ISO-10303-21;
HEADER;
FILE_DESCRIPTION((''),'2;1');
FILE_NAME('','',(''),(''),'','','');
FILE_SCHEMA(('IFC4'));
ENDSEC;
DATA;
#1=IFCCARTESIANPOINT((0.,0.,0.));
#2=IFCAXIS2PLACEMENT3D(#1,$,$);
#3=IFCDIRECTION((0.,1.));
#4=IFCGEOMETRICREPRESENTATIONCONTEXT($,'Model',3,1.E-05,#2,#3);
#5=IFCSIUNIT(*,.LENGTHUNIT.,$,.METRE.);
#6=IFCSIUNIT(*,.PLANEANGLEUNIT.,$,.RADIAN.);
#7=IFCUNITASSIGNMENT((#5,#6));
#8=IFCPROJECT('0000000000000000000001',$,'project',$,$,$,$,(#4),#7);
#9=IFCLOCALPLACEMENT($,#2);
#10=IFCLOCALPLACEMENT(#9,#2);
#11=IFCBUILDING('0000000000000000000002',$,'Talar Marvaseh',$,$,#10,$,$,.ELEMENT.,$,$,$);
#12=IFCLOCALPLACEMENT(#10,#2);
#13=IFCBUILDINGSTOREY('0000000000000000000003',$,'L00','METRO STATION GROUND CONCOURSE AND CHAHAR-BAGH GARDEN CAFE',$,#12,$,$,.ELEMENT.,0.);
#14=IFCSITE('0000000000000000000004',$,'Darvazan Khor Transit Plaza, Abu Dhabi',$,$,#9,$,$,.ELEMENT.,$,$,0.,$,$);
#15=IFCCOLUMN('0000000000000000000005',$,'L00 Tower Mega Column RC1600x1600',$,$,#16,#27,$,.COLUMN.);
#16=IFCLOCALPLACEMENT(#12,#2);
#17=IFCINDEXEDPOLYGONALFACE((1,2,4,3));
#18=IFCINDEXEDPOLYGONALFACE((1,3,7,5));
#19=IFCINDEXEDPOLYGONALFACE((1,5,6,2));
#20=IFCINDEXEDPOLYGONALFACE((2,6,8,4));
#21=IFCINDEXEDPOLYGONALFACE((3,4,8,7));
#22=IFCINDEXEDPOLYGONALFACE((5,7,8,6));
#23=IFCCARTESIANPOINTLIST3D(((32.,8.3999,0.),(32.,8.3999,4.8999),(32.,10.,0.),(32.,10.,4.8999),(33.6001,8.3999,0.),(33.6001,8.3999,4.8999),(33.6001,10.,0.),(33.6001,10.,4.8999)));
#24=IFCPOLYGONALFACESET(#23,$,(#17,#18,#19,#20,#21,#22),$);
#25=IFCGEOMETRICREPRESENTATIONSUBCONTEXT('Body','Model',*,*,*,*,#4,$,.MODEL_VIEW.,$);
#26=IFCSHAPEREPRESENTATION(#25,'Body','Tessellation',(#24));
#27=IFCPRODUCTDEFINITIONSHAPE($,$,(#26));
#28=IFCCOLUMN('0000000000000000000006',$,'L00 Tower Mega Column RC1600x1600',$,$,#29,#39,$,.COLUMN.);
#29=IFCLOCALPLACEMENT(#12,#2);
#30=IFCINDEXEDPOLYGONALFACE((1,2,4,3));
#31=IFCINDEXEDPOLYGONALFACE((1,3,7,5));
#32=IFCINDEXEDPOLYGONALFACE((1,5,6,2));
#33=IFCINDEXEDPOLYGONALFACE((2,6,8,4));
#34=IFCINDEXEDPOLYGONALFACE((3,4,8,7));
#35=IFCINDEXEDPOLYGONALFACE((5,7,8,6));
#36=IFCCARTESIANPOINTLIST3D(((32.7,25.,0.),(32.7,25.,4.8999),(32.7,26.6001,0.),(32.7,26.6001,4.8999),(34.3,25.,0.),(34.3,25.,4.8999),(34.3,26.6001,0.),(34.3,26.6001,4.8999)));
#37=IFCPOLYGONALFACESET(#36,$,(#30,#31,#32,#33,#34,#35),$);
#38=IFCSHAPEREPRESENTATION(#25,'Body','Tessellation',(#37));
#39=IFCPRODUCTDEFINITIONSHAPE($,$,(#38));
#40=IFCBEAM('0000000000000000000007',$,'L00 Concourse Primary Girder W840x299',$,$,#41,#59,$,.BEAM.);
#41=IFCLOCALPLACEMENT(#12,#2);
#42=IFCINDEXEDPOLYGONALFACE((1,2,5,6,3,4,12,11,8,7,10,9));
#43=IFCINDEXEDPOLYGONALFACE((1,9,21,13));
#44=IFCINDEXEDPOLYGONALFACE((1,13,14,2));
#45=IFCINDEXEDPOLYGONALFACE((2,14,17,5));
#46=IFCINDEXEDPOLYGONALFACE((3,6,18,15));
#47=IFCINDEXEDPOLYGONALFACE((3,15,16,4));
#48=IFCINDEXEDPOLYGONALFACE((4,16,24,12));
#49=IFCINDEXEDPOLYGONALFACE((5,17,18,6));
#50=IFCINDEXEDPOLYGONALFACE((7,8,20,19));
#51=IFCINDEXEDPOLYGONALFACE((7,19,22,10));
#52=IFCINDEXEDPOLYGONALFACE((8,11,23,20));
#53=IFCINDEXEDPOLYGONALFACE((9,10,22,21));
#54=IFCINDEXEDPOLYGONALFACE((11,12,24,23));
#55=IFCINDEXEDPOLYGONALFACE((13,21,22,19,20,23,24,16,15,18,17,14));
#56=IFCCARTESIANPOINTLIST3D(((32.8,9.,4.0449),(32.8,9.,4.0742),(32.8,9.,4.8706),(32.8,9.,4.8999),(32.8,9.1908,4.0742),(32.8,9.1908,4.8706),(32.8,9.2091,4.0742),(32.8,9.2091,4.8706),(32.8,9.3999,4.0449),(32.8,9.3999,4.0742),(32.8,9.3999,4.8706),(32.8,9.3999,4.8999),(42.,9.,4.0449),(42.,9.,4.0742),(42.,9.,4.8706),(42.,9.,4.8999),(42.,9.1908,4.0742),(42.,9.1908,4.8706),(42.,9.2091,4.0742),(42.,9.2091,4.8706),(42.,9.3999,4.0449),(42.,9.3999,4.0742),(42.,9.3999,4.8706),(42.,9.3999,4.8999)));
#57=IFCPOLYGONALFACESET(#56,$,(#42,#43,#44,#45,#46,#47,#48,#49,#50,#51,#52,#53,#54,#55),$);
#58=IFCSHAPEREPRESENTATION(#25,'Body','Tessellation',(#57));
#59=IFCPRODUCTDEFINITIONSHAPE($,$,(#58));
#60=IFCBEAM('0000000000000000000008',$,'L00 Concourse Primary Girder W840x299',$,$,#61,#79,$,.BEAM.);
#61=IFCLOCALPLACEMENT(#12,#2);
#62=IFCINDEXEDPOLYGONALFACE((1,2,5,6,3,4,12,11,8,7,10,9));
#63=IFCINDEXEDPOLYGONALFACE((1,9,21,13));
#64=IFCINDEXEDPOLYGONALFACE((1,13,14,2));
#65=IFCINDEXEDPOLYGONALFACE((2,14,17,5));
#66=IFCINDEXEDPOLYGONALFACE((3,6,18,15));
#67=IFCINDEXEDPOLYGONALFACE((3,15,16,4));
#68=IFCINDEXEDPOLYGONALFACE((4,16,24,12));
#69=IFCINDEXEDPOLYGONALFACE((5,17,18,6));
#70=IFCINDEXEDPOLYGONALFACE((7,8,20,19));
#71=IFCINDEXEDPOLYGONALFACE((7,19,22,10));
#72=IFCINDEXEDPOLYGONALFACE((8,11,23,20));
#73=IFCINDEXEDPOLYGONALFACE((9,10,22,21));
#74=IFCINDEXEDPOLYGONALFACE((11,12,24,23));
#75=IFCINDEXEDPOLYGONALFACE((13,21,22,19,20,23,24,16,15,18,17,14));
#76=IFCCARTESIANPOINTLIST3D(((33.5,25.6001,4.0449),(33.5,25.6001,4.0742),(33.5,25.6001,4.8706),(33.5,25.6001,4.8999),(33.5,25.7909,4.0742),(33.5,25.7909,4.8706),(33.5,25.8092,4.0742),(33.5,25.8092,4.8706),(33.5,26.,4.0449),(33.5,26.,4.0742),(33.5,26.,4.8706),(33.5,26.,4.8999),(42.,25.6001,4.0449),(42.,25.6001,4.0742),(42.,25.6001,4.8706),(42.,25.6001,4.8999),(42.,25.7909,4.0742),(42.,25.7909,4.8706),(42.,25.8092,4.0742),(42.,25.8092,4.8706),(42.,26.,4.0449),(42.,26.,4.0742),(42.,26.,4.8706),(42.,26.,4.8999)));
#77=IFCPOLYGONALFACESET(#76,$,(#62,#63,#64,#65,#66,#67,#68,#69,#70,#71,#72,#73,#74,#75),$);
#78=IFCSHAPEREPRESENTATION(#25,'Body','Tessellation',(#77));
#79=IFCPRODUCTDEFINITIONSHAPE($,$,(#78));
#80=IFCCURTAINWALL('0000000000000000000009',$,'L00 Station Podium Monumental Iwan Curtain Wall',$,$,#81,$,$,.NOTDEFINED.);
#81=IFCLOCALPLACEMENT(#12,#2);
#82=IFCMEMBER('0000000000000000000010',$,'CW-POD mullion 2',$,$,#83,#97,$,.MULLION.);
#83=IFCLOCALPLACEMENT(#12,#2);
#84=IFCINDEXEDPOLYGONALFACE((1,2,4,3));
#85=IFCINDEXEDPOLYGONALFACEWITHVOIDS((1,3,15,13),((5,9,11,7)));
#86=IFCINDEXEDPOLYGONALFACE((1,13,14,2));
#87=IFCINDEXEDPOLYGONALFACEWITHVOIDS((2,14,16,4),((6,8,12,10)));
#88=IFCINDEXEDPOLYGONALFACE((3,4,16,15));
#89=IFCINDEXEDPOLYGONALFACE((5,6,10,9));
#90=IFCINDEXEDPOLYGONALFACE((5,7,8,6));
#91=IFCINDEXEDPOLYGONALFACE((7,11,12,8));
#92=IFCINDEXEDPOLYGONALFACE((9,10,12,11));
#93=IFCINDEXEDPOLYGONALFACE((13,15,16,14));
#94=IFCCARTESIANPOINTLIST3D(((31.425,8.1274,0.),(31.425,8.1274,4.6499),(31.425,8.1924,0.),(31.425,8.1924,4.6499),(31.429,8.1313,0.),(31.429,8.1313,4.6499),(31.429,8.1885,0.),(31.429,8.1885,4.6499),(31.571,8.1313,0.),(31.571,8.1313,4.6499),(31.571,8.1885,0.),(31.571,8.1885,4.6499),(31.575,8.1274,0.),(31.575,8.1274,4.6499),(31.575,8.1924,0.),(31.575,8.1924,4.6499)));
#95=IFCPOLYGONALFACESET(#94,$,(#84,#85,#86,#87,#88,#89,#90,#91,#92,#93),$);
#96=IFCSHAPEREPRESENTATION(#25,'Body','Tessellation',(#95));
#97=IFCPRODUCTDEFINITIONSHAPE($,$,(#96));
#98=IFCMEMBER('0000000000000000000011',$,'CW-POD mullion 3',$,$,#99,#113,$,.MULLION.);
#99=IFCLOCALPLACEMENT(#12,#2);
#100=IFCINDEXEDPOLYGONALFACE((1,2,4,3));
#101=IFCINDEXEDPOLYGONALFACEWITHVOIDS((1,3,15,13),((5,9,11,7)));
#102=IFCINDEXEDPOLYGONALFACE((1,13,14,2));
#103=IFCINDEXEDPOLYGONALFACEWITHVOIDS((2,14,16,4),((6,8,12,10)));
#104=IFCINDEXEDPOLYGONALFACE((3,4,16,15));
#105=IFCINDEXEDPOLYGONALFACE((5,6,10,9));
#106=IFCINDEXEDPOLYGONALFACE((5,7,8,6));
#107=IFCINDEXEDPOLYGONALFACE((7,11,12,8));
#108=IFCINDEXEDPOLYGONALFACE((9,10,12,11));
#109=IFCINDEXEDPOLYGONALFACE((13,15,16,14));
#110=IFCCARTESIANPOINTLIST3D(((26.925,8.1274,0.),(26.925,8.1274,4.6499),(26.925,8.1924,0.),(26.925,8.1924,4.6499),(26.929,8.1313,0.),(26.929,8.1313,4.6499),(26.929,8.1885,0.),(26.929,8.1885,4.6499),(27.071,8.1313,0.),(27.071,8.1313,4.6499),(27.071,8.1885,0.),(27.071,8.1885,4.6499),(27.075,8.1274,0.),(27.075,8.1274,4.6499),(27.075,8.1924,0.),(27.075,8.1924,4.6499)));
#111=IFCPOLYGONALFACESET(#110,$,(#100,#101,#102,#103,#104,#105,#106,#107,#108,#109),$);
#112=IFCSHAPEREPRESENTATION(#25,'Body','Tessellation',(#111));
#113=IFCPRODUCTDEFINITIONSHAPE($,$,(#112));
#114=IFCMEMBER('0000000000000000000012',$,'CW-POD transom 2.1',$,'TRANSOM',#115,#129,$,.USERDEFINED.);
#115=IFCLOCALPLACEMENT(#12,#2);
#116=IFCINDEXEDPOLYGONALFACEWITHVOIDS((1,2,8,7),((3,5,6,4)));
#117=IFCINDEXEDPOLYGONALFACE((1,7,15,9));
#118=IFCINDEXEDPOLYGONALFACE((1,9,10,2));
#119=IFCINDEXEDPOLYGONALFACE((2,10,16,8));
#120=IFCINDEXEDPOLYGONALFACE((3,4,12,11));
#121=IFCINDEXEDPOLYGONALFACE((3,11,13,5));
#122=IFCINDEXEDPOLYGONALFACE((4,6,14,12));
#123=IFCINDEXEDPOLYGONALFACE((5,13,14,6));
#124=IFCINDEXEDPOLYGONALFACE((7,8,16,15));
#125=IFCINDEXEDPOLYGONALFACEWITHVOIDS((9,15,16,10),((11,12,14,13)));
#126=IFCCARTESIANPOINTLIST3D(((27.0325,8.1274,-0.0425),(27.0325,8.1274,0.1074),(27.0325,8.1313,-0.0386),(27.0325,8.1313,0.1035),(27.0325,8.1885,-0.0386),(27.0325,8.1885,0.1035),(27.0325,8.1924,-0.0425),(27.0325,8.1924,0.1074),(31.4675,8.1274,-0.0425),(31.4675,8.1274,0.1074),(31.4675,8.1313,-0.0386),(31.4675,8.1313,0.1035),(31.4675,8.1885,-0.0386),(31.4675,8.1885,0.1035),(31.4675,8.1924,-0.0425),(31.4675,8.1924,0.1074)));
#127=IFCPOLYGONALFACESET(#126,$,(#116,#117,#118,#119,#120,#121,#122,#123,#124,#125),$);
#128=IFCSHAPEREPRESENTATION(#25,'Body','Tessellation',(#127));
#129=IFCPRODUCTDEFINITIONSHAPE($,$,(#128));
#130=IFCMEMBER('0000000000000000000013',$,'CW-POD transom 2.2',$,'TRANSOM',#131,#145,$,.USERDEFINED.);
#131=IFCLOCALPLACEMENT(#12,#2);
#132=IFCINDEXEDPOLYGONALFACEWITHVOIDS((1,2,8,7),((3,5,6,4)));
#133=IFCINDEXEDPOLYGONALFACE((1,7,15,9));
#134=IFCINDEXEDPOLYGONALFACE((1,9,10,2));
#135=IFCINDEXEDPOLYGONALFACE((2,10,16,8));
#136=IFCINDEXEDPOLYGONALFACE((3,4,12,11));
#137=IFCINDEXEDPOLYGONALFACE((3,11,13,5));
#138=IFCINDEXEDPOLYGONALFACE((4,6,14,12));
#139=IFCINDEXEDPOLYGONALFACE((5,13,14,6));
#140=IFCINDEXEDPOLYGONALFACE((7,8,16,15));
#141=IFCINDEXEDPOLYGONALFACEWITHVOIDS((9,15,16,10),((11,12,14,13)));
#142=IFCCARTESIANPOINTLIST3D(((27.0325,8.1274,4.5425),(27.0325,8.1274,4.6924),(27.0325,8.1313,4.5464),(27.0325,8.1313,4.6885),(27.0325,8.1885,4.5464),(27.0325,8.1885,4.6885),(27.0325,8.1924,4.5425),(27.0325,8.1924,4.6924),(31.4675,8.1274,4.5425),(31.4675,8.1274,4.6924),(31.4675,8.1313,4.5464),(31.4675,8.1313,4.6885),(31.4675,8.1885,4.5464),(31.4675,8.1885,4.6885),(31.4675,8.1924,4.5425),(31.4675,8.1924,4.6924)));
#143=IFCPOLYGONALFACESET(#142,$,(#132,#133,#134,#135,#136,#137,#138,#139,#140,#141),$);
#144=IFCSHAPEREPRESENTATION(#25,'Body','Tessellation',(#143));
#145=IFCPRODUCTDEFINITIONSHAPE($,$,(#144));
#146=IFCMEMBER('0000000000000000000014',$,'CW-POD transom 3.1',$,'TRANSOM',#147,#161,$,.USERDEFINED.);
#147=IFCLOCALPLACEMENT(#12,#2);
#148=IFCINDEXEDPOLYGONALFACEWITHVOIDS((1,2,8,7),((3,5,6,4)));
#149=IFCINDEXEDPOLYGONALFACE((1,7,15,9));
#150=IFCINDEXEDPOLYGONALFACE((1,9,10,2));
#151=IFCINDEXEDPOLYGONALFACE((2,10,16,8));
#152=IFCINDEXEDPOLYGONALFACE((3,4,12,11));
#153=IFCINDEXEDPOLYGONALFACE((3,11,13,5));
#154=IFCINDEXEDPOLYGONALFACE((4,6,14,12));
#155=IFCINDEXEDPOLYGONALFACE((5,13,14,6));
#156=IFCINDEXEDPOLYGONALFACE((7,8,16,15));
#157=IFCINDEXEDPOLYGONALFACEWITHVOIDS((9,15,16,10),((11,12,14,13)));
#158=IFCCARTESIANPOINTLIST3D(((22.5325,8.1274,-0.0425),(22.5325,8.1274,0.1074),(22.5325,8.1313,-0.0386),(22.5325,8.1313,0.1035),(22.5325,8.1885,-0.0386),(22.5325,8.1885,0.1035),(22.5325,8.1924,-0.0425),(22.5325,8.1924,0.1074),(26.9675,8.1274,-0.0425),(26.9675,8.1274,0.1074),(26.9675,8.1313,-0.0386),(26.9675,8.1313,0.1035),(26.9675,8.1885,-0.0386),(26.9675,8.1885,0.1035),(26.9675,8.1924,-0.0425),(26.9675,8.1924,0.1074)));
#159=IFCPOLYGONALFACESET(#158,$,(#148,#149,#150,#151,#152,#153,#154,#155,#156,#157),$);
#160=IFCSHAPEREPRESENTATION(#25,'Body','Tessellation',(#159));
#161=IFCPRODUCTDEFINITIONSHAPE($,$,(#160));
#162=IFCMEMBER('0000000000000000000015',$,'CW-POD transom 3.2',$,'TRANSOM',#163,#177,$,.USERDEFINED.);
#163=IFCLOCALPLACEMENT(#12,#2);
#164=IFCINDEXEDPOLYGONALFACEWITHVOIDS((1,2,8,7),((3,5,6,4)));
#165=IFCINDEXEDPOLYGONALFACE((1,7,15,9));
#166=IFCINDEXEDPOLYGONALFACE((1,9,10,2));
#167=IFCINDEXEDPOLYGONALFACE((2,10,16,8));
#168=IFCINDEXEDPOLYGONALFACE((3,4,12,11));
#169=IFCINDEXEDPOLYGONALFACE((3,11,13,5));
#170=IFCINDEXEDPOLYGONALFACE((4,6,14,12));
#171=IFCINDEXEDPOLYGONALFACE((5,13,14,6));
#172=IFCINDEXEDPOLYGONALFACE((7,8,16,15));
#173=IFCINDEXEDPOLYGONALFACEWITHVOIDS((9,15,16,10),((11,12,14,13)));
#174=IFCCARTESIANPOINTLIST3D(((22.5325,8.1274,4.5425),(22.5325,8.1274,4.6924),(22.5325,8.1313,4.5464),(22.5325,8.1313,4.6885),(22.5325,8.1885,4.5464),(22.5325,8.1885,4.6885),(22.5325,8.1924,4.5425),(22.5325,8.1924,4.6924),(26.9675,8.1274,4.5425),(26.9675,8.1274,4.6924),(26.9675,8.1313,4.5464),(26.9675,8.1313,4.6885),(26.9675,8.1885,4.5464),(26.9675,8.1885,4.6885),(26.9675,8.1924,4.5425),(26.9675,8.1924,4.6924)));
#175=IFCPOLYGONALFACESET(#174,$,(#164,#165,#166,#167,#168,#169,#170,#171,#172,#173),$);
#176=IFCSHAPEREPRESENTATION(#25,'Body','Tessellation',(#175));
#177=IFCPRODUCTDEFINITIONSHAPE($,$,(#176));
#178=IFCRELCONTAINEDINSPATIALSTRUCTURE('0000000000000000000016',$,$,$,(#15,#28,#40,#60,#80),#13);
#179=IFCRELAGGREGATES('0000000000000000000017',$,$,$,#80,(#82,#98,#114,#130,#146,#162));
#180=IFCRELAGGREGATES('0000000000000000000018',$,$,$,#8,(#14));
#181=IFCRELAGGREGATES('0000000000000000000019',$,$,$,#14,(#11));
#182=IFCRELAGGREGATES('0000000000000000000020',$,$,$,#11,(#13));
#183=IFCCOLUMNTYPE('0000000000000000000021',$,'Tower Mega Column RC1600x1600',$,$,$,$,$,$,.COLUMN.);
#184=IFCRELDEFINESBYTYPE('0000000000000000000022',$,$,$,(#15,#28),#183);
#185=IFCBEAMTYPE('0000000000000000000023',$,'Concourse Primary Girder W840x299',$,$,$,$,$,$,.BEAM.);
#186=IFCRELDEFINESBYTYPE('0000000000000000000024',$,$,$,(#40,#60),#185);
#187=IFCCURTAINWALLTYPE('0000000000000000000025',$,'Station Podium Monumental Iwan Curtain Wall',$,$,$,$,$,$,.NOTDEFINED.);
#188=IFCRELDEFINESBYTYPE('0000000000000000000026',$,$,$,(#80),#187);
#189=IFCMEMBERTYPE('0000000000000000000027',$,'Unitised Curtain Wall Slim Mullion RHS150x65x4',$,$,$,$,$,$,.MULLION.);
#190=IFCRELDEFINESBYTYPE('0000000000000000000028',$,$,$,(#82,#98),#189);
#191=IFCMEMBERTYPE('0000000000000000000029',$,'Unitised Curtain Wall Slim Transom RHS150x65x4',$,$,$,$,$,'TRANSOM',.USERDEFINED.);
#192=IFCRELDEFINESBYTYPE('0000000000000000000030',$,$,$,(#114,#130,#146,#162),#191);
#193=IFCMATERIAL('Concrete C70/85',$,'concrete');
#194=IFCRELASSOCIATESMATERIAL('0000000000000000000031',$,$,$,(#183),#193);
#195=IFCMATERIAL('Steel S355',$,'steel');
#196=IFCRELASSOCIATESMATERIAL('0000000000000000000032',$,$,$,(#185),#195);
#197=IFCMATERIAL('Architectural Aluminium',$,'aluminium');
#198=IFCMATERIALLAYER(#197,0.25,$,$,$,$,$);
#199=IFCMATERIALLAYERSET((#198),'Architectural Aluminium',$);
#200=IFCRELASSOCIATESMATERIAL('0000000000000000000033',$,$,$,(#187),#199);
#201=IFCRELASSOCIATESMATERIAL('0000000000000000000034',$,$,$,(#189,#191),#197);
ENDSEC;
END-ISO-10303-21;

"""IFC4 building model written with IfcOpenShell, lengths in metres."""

from ifc_helpers import new_model, si_unit, direction, frame, origin, origin_2d, place, context, subcontext, project, spatial, rectangle, hollow_rectangle, i_section, extrude, source, transform, mapped, material, layer, layer_set, material_profile, profile_set, type_object, type_shapes, element, aggregate, save


model = new_model("IFC4")

# Units and contexts
model_context = context("Model", 3, precision=1e-05, world=origin(), true_north=direction((0.0, 1.0)))
body_context = subcontext(model_context, "Body", "Model", "MODEL_VIEW")
ifc_project = project(units=[si_unit("LENGTHUNIT", "METRE"), si_unit("PLANEANGLEUNIT", "RADIAN")], contexts=[model_context])

# Site, building, storey
site_placement = place(None, origin())
site = spatial("IfcSite", under=ifc_project, at=site_placement, Name="Darvazan Khor Transit Plaza, Abu Dhabi", CompositionType="ELEMENT", RefElevation=0.0)
building_placement = place(site_placement, origin())
building = spatial("IfcBuilding", under=site, at=building_placement, Name="Talar Marvaseh", CompositionType="ELEMENT")
storey_placement = place(building_placement, origin())
storey = spatial("IfcBuildingStorey", under=building, at=storey_placement, Name="L00", Description="METRO STATION GROUND CONCOURSE AND CHAHAR-BAGH GARDEN CAFE", CompositionType="ELEMENT", Elevation=0.0)

# Columns
ifc_material_1 = material(Name="Concrete C70/85", Category="concrete")
ifc_material_profile_1 = material_profile(ifc_material_1, rectangle(XDim=1.6001, YDim=1.6001, at=origin_2d()), Name="RC1600x1600")
ifc_profile_set_1 = profile_set([ifc_material_profile_1], Name="Concrete C70/85")
column_type = type_object("IfcColumnType", Name="Tower Mega Column RC1600x1600", PredefinedType="COLUMN", material=ifc_profile_set_1)
for number, where, z_axis, x_axis, name in (
    (1, (32.8, 9.2, 0.0), (0.0, 0.0, 1.0), (1.0, 0.0, 0.0), "L00 Tower Mega Column RC1600x1600"),
    (2, (33.5, 25.8, 0.0), (0.0, 0.0, 1.0), (1.0, 0.0, 0.0), "L00 Tower Mega Column RC1600x1600"),
):
    element("IfcColumn", number, at=place(storey_placement, frame(where, z_axis=z_axis, x_axis=x_axis)), inside=storey, type_object=column_type, Name=name, PredefinedType="COLUMN", context=body_context, shape_type="SweptSolid", body=[
        extrude(rectangle(XDim=1.6001, YDim=1.6001, at=origin_2d()), origin(), (0.0, 0.0, 1.0), 4.8999),
    ])

# Beams
ifc_material_2 = material(Name="Steel S355", Category="steel")
ifc_material_profile_2 = material_profile(ifc_material_2, i_section(OverallWidth=0.3999, OverallDepth=0.855, WebThickness=0.0183, FlangeThickness=0.0293, at=origin_2d()), Name="W840x299")
ifc_profile_set_2 = profile_set([ifc_material_profile_2], Name="Steel S355")
beam_type = type_object("IfcBeamType", Name="Concourse Primary Girder W840x299", PredefinedType="BEAM", material=ifc_profile_set_2)
beam_1_placement = place(storey_placement, frame((32.8, 9.2, 4.4724), z_axis=(1.0, 0.0, 0.0), x_axis=(0.0, 1.0, 0.0)))
element("IfcBeam", 3, at=beam_1_placement, inside=storey, type_object=beam_type, Name="L00 Concourse Primary Girder W840x299", PredefinedType="BEAM", context=body_context, shape_type="SweptSolid", body=[
    extrude(i_section(OverallWidth=0.3999, OverallDepth=0.855, WebThickness=0.0183, FlangeThickness=0.0293, at=origin_2d()), origin(), (0.0, 0.0, 1.0), 9.2),
])
beam_2_placement = place(storey_placement, frame((33.5, 25.8, 4.4724), z_axis=(1.0, 0.0, 0.0), x_axis=(0.0, 1.0, 0.0)))
element("IfcBeam", 4, at=beam_2_placement, inside=storey, type_object=beam_type, Name="L00 Concourse Primary Girder W840x299", PredefinedType="BEAM", context=body_context, shape_type="SweptSolid", body=[
    extrude(i_section(OverallWidth=0.3999, OverallDepth=0.855, WebThickness=0.0183, FlangeThickness=0.0293, at=origin_2d()), origin(), (0.0, 0.0, 1.0), 8.5),
])

# Curtain wall, members
ifc_material_3 = material(Name="Architectural Aluminium", Category="aluminium")
ifc_layer_1 = layer(ifc_material_3, 0.25)
ifc_layer_set_1 = layer_set([ifc_layer_1], Name="Architectural Aluminium")
curtain_wall_type = type_object("IfcCurtainWallType", Name="Station Podium Monumental Iwan Curtain Wall", PredefinedType="NOTDEFINED", material=ifc_layer_set_1)
curtain_wall_placement = place(storey_placement, origin())
curtain_wall = element("IfcCurtainWall", 5, at=curtain_wall_placement, inside=storey, type_object=curtain_wall_type, Name="L00 Station Podium Monumental Iwan Curtain Wall", PredefinedType="NOTDEFINED")
ifc_material_profile_3 = material_profile(ifc_material_3, hollow_rectangle(XDim=0.0649, YDim=0.1499, WallThickness=0.0039, at=origin_2d()), Name="RHS150x65x4")
ifc_profile_set_3 = profile_set([ifc_material_profile_3], Name="Architectural Aluminium")
member_type_1 = type_object("IfcMemberType", Name="Unitised Curtain Wall Slim Mullion RHS150x65x4", PredefinedType="MULLION", material=ifc_profile_set_3)
shared_shape_1 = source(origin(), body_context, "Body", "SweptSolid", [
    extrude(hollow_rectangle(XDim=0.0649, YDim=0.1499, WallThickness=0.0039, at=origin_2d()), origin(), (0.0, 0.0, 1.0), 4.6499),
])
type_shapes(member_type_1, [shared_shape_1])
member_1_placement = place(storey_placement, frame((31.5, 8.1599, 0.0), z_axis=(0.0, 0.0, 1.0), x_axis=(0.0, -1.0, 0.0)))
member_1 = element("IfcMember", 6, at=member_1_placement, type_object=member_type_1, Name="CW-POD mullion 2", PredefinedType="MULLION", context=body_context, shape_type="MappedRepresentation", body=[
    mapped(shared_shape_1, transform((0.0, 0.0, 0.0), x_axis=(1.0, 0.0, 0.0), y_axis=(0.0, 1.0, 0.0), z_axis=(0.0, 0.0, 1.0), scale=1.0)),
])
member_2_placement = place(storey_placement, frame((27.0, 8.1599, 0.0), z_axis=(0.0, 0.0, 1.0), x_axis=(0.0, -1.0, 0.0)))
member_2 = element("IfcMember", 7, at=member_2_placement, type_object=member_type_1, Name="CW-POD mullion 3", PredefinedType="MULLION", context=body_context, shape_type="MappedRepresentation", body=[
    mapped(shared_shape_1, transform((0.0, 0.0, 0.0), x_axis=(1.0, 0.0, 0.0), y_axis=(0.0, 1.0, 0.0), z_axis=(0.0, 0.0, 1.0), scale=1.0)),
])
ifc_material_profile_4 = material_profile(ifc_material_3, hollow_rectangle(XDim=0.0649, YDim=0.1499, WallThickness=0.0039, at=origin_2d()), Name="RHS150x65x4")
ifc_profile_set_4 = profile_set([ifc_material_profile_4], Name="Architectural Aluminium")
member_type_2 = type_object("IfcMemberType", Name="Unitised Curtain Wall Slim Transom RHS150x65x4", ElementType="TRANSOM", PredefinedType="USERDEFINED", material=ifc_profile_set_4)
shared_shape_2 = source(origin(), body_context, "Body", "SweptSolid", [
    extrude(hollow_rectangle(XDim=0.0649, YDim=0.1499, WallThickness=0.0039, at=origin_2d()), origin(), (0.0, 0.0, 1.0), 4.4351),
])
type_shapes(member_type_2, [shared_shape_2])
member_3_placement = place(storey_placement, frame((31.4675, 8.1599, 0.0325), z_axis=(-1.0, 0.0, 0.0), x_axis=(0.0, -1.0, 0.0)))
member_3 = element("IfcMember", 8, at=member_3_placement, type_object=member_type_2, Name="CW-POD transom 2.1", ObjectType="TRANSOM", PredefinedType="USERDEFINED", context=body_context, shape_type="MappedRepresentation", body=[
    mapped(shared_shape_2, transform((0.0, 0.0, 0.0), x_axis=(1.0, 0.0, 0.0), y_axis=(0.0, 1.0, 0.0), z_axis=(0.0, 0.0, 1.0), scale=1.0)),
])
member_4_placement = place(storey_placement, frame((31.4675, 8.1599, 4.6174), z_axis=(-1.0, 0.0, 0.0), x_axis=(0.0, -1.0, 0.0)))
member_4 = element("IfcMember", 9, at=member_4_placement, type_object=member_type_2, Name="CW-POD transom 2.2", ObjectType="TRANSOM", PredefinedType="USERDEFINED", context=body_context, shape_type="MappedRepresentation", body=[
    mapped(shared_shape_2, transform((0.0, 0.0, 0.0), x_axis=(1.0, 0.0, 0.0), y_axis=(0.0, 1.0, 0.0), z_axis=(0.0, 0.0, 1.0), scale=1.0)),
])
member_5_placement = place(storey_placement, frame((26.9675, 8.1599, 0.0325), z_axis=(-1.0, 0.0, 0.0), x_axis=(0.0, -1.0, 0.0)))
member_5 = element("IfcMember", 10, at=member_5_placement, type_object=member_type_2, Name="CW-POD transom 3.1", ObjectType="TRANSOM", PredefinedType="USERDEFINED", context=body_context, shape_type="MappedRepresentation", body=[
    mapped(shared_shape_2, transform((0.0, 0.0, 0.0), x_axis=(1.0, 0.0, 0.0), y_axis=(0.0, 1.0, 0.0), z_axis=(0.0, 0.0, 1.0), scale=1.0)),
])
member_6_placement = place(storey_placement, frame((26.9675, 8.1599, 4.6174), z_axis=(-1.0, 0.0, 0.0), x_axis=(0.0, -1.0, 0.0)))
member_6 = element("IfcMember", 11, at=member_6_placement, type_object=member_type_2, Name="CW-POD transom 3.2", ObjectType="TRANSOM", PredefinedType="USERDEFINED", context=body_context, shape_type="MappedRepresentation", body=[
    mapped(shared_shape_2, transform((0.0, 0.0, 0.0), x_axis=(1.0, 0.0, 0.0), y_axis=(0.0, 1.0, 0.0), z_axis=(0.0, 0.0, 1.0), scale=1.0)),
])

aggregate(curtain_wall, [member_1, member_2, member_3, member_4, member_5, member_6])

save(model, "model.ifc")
